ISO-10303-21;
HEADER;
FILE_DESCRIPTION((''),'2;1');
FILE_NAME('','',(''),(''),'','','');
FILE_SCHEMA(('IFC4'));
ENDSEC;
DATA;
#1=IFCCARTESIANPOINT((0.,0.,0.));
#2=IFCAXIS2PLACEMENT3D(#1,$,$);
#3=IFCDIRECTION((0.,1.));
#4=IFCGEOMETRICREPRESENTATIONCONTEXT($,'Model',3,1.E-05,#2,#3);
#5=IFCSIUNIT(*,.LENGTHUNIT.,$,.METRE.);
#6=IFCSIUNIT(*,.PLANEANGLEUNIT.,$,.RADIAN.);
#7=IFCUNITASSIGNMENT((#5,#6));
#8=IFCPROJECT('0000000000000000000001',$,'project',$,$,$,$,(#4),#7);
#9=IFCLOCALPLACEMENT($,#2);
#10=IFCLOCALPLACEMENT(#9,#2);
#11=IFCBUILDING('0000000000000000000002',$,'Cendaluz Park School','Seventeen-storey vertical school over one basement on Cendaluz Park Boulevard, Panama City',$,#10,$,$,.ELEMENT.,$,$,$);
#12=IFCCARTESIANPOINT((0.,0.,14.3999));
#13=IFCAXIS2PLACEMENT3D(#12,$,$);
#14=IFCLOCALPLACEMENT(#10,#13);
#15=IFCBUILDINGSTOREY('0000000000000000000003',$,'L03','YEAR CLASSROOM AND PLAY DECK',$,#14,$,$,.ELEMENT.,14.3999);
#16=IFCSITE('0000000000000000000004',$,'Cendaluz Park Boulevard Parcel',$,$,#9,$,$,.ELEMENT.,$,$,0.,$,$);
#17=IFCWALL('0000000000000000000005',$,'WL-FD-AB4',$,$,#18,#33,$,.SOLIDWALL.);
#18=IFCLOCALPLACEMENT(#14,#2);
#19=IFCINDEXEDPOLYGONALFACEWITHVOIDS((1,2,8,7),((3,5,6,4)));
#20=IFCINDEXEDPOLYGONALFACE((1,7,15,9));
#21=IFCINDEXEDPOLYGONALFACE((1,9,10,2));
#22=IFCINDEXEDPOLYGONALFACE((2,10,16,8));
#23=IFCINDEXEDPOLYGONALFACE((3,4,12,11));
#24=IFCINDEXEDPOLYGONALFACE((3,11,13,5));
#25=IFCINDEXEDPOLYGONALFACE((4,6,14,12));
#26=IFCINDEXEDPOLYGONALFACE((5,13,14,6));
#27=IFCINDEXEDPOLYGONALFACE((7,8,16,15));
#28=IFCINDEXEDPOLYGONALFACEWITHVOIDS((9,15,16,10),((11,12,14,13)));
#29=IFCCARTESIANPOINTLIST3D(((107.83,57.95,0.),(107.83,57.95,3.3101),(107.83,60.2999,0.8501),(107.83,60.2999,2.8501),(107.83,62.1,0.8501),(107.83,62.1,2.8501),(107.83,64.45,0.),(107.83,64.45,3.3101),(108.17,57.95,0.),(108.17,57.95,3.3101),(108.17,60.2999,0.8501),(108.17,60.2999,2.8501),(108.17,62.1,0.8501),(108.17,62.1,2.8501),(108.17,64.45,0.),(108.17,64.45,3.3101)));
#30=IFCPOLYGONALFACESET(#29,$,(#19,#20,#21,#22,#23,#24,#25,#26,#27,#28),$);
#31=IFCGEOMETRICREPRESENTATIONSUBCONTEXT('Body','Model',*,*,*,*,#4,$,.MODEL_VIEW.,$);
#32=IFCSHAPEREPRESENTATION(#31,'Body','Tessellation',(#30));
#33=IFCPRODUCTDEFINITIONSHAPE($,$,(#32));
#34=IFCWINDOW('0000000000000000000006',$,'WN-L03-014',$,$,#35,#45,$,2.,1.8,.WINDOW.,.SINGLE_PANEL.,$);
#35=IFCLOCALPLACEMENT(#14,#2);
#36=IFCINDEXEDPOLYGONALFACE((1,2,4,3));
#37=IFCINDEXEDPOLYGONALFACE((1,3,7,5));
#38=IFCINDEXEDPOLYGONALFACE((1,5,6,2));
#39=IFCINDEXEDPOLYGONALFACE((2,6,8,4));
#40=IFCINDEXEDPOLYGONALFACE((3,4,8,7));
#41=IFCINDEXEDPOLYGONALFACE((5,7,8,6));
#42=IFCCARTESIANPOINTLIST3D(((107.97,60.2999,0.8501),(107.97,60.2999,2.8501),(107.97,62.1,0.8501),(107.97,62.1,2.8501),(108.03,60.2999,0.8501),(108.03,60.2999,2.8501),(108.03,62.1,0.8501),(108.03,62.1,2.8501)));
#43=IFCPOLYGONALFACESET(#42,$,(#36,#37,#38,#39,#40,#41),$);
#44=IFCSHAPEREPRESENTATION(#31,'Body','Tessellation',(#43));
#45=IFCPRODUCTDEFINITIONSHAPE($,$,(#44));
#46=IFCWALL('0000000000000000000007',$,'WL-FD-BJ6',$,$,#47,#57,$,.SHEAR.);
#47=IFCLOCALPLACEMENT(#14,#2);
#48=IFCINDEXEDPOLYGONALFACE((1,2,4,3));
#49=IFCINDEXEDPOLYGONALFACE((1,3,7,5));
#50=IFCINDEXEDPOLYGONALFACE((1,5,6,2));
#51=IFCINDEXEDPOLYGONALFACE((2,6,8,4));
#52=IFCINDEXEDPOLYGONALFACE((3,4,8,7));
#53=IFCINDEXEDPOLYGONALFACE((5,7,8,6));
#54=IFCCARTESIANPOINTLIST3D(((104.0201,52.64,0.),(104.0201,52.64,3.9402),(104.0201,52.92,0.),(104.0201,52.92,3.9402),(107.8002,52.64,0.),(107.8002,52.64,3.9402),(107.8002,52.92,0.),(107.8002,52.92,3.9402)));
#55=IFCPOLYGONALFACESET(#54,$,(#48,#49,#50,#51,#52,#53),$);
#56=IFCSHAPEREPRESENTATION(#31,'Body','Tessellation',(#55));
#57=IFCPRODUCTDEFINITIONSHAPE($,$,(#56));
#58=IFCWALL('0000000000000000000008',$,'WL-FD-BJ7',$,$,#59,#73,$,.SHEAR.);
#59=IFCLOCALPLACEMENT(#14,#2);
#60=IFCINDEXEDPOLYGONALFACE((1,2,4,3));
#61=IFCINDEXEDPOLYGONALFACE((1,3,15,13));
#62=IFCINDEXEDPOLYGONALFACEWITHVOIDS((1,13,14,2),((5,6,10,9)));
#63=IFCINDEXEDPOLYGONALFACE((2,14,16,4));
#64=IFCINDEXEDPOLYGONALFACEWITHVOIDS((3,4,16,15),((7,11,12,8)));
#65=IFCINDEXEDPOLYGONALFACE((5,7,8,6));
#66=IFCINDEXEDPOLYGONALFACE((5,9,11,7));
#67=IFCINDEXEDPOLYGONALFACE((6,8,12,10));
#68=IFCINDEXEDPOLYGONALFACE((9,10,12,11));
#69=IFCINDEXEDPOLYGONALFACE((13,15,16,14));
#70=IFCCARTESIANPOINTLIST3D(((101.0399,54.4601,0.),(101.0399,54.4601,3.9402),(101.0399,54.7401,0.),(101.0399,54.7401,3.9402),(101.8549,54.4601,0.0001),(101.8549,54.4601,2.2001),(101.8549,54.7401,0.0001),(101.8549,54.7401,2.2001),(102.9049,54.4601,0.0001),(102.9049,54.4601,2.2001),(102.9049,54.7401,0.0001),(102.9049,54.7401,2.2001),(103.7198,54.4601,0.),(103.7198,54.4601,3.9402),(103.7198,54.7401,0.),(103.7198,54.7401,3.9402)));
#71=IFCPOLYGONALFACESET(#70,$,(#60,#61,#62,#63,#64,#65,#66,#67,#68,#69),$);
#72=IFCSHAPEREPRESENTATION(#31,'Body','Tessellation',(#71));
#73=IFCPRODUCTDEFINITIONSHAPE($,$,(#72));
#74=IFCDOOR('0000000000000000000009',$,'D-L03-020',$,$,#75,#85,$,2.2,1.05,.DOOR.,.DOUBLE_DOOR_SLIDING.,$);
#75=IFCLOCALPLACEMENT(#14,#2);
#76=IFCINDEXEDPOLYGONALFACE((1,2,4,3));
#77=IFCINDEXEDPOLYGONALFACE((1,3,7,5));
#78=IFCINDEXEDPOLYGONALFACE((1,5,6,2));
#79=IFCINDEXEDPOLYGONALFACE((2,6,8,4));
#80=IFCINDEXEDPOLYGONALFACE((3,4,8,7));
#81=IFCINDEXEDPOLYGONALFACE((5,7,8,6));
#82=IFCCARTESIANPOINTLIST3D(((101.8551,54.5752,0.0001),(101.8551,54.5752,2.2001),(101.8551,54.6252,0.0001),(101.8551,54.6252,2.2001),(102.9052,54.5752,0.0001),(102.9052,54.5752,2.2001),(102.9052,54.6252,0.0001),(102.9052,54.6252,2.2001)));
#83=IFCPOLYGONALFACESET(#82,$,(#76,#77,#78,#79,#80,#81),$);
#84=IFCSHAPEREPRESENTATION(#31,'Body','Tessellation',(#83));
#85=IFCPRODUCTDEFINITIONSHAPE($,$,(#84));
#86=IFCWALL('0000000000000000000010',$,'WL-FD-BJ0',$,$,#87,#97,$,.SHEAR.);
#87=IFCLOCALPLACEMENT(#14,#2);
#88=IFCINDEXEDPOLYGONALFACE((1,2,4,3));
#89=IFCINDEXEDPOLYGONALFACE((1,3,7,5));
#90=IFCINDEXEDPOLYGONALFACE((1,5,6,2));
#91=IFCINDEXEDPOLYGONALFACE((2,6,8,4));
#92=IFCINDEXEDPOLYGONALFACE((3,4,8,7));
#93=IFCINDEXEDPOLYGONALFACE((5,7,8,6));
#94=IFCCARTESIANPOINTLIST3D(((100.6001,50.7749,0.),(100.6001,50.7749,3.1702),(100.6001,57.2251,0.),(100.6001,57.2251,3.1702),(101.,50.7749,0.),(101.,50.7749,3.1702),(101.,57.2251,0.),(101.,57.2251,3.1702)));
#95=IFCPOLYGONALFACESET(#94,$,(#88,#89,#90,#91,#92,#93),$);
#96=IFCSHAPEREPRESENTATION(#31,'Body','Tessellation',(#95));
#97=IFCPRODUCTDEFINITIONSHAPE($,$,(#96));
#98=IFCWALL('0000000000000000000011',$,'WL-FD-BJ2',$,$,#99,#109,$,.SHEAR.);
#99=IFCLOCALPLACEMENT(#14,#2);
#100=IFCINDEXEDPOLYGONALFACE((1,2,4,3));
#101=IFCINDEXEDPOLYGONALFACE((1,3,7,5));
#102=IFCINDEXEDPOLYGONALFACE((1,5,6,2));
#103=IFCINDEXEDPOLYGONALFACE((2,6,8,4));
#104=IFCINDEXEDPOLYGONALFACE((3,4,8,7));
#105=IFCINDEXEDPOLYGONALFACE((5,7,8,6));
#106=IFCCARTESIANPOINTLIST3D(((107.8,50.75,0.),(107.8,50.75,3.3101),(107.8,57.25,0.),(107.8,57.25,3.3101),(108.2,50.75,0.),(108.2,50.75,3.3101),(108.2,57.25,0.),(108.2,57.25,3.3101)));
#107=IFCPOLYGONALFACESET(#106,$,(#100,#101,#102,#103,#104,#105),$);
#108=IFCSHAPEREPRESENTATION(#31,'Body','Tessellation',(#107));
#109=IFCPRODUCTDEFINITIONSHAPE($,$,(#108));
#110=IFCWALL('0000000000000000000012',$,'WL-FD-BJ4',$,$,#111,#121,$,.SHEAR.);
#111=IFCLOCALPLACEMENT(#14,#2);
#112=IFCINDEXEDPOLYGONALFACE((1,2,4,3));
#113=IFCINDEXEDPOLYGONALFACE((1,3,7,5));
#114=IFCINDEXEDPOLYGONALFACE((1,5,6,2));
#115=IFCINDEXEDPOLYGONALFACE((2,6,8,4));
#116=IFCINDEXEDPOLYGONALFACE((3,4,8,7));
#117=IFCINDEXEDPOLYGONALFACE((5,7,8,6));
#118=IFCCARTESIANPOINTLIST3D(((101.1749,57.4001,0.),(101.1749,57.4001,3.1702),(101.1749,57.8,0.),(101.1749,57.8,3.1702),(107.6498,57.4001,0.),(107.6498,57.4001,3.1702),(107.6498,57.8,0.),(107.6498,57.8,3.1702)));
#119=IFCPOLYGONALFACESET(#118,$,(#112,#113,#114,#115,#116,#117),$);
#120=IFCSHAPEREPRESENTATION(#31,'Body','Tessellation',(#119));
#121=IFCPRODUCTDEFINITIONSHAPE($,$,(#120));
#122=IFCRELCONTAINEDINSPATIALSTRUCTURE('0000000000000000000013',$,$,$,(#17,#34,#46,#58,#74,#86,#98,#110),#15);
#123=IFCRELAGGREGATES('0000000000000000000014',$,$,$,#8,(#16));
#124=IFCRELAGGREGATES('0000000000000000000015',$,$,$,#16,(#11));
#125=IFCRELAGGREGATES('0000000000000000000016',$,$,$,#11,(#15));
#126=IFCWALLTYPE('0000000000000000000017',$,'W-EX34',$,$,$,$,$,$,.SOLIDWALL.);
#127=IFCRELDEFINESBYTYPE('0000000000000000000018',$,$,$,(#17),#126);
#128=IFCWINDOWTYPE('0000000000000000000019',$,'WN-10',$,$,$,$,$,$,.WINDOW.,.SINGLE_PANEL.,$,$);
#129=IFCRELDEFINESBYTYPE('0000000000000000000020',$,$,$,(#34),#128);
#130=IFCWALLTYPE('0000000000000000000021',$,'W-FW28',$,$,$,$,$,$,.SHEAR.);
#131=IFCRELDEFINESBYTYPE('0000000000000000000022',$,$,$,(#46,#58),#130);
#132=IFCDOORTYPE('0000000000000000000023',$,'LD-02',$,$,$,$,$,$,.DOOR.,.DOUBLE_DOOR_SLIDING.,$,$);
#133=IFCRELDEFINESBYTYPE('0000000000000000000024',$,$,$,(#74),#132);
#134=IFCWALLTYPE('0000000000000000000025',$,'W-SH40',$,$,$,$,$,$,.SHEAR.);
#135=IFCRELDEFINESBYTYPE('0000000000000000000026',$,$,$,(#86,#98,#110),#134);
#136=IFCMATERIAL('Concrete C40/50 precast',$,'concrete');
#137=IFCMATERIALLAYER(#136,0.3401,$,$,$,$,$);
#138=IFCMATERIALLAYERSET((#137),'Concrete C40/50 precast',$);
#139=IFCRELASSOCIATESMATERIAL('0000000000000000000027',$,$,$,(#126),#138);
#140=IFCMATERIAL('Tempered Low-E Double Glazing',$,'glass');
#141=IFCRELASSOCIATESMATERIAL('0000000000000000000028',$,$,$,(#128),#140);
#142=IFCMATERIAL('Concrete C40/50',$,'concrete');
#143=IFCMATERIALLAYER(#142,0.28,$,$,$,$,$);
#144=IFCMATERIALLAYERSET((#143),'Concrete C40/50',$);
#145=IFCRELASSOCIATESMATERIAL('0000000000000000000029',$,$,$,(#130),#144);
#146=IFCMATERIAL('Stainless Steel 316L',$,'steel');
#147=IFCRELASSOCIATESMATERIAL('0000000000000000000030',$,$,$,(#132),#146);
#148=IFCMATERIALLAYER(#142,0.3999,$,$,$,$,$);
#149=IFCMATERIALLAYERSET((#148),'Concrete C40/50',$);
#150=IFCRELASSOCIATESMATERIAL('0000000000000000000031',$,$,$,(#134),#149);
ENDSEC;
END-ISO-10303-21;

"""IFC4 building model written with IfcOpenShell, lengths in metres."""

from ifc_helpers import new_model, si_unit, direction, frame, frame_2d, origin, place, context, subcontext, project, spatial, rectangle, extrude, material, layer, layer_set, type_object, element, fill, save


model = new_model("IFC4")

# Units and contexts
model_context = context("Model", 3, precision=1e-05, world=origin(), true_north=direction((0.0, 1.0)))
body_context = subcontext(model_context, "Body", "Model", "MODEL_VIEW")
ifc_project = project(units=[si_unit("LENGTHUNIT", "METRE"), si_unit("PLANEANGLEUNIT", "RADIAN")], contexts=[model_context])

# Site, building, storey
site_placement = place(None, origin())
site = spatial("IfcSite", under=ifc_project, at=site_placement, Name="Cendaluz Park Boulevard Parcel", CompositionType="ELEMENT", RefElevation=0.0)
building_placement = place(site_placement, origin())
building = spatial("IfcBuilding", under=site, at=building_placement, Name="Cendaluz Park School", Description="Seventeen-storey vertical school over one basement on Cendaluz Park Boulevard, Panama City", CompositionType="ELEMENT")
storey_placement = place(building_placement, frame((0.0, 0.0, 14.3999)))
storey = spatial("IfcBuildingStorey", under=building, at=storey_placement, Name="L03", Description="YEAR CLASSROOM AND PLAY DECK", CompositionType="ELEMENT", Elevation=14.3999)

# Shared definitions
ifc_material_1 = material(Name="Concrete C40/50", Category="concrete")

# Wall, opening, window
ifc_material_2 = material(Name="Concrete C40/50 precast", Category="concrete")
ifc_layer_1 = layer(ifc_material_2, 0.3401)
ifc_layer_set_1 = layer_set([ifc_layer_1], Name="Concrete C40/50 precast")
wall_type_1 = type_object("IfcWallType", Name="W-EX34", PredefinedType="SOLIDWALL", material=ifc_layer_set_1)
wall_1_placement = place(storey_placement, frame((108.0, 57.95, 0.0), z_axis=(0.0, 0.0, 1.0), x_axis=(0.0, 1.0, 0.0)))
wall_1 = element("IfcWall", 1, at=wall_1_placement, inside=storey, type_object=wall_type_1, Name="WL-FD-AB4", PredefinedType="SOLIDWALL", context=body_context, shape_type="SweptSolid", body=[
    extrude(rectangle(XDim=6.5, YDim=0.3401, at=frame_2d((3.25, 0.0))), origin(), (0.0, 0.0, 1.0), 3.3101),
])
opening_1_placement = place(wall_1_placement, frame((2.3501, 0.0, 0.8501)))
opening_1 = element("IfcOpeningElement", 2, at=opening_1_placement, cuts=wall_1, PredefinedType="OPENING", context=body_context, shape_type="SweptSolid", body=[
    extrude(rectangle(XDim=1.8, YDim=2.0, at=frame_2d((0.8999, 1.0))), frame((0.0, 0.1821, 0.0), z_axis=(0.0, -1.0, 0.0), x_axis=(1.0, 0.0, 0.0)), (0.0, 0.0, 1.0), 0.364),
])
ifc_material_3 = material(Name="Tempered Low-E Double Glazing", Category="glass")
window_type = type_object("IfcWindowType", Name="WN-10", PartitioningType="SINGLE_PANEL", PredefinedType="WINDOW", material=ifc_material_3)
window_placement = place(opening_1_placement, origin())
window = element("IfcWindow", 3, at=window_placement, inside=storey, type_object=window_type, Name="WN-L03-014", OverallHeight=2.0, OverallWidth=1.8, PartitioningType="SINGLE_PANEL", PredefinedType="WINDOW", context=body_context, shape_type="SweptSolid", body=[
    extrude(rectangle(XDim=1.8, YDim=2.0, at=frame_2d((0.8999, 1.0))), frame((0.0, 0.03, 0.0), z_axis=(0.0, -1.0, 0.0), x_axis=(1.0, 0.0, 0.0)), (0.0, 0.0, 1.0), 0.0601),
])
fill(opening_1, window)

# Wall
ifc_layer_2 = layer(ifc_material_1, 0.28)
ifc_layer_set_2 = layer_set([ifc_layer_2], Name="Concrete C40/50")
wall_type_2 = type_object("IfcWallType", Name="W-FW28", PredefinedType="SHEAR", material=ifc_layer_set_2)
wall_2_placement = place(storey_placement, frame((104.02, 52.78, 0.0), z_axis=(0.0, 0.0, 1.0), x_axis=(1.0, 0.0, 0.0)))
element("IfcWall", 4, at=wall_2_placement, inside=storey, type_object=wall_type_2, Name="WL-FD-BJ6", PredefinedType="SHEAR", context=body_context, shape_type="SweptSolid", body=[
    extrude(rectangle(XDim=3.78, YDim=0.28, at=frame_2d((1.8901, 0.0))), origin(), (0.0, 0.0, 1.0), 3.9402),
])

# Wall, opening, door
wall_3_placement = place(storey_placement, frame((101.04, 54.6001, 0.0), z_axis=(0.0, 0.0, 1.0), x_axis=(1.0, 0.0, 0.0)))
wall_3 = element("IfcWall", 5, at=wall_3_placement, inside=storey, type_object=wall_type_2, Name="WL-FD-BJ7", PredefinedType="SHEAR", context=body_context, shape_type="SweptSolid", body=[
    extrude(rectangle(XDim=2.6799, YDim=0.28, at=frame_2d((1.3398, 0.0))), origin(), (0.0, 0.0, 1.0), 3.9402),
])
opening_2_placement = place(wall_3_placement, frame((0.8149, 0.0, 0.0)))
opening_2 = element("IfcOpeningElement", 6, at=opening_2_placement, cuts=wall_3, PredefinedType="OPENING", context=body_context, shape_type="SweptSolid", body=[
    extrude(rectangle(XDim=1.05, YDim=2.2, at=frame_2d((0.5249, 1.1001))), frame((0.0, 0.1521, 0.0), z_axis=(0.0, -1.0, 0.0), x_axis=(1.0, 0.0, 0.0)), (0.0, 0.0, 1.0), 0.304),
])
ifc_material_4 = material(Name="Stainless Steel 316L", Category="steel")
door_type_1 = type_object("IfcDoorType", Name="LD-02", OperationType="DOUBLE_DOOR_SLIDING", PredefinedType="DOOR", material=ifc_material_4)
door_1_placement = place(opening_2_placement, frame((1.05, 0.0, 0.0), z_axis=(0.0, 0.0, 1.0), x_axis=(-1.0, 0.0, 0.0)))
door_1 = element("IfcDoor", 7, at=door_1_placement, inside=storey, type_object=door_type_1, Name="D-L03-020", OperationType="DOUBLE_DOOR_SLIDING", OverallHeight=2.2, OverallWidth=1.05, PredefinedType="DOOR", context=body_context, shape_type="SweptSolid", body=[
    extrude(rectangle(XDim=1.05, YDim=2.2, at=frame_2d((0.5249, 1.1001))), frame((0.0, 0.0249, 0.0), z_axis=(0.0, -1.0, 0.0), x_axis=(1.0, 0.0, 0.0)), (0.0, 0.0, 1.0), 0.05),
])
fill(opening_2, door_1)

# Walls
ifc_layer_3 = layer(ifc_material_1, 0.3999)
ifc_layer_set_3 = layer_set([ifc_layer_3], Name="Concrete C40/50")
wall_type_3 = type_object("IfcWallType", Name="W-SH40", PredefinedType="SHEAR", material=ifc_layer_set_3)
wall_4_placement = place(storey_placement, frame((100.8, 50.7749, 0.0), z_axis=(0.0, 0.0, 1.0), x_axis=(0.0, 1.0, 0.0)))
element("IfcWall", 8, at=wall_4_placement, inside=storey, type_object=wall_type_3, Name="WL-FD-BJ0", PredefinedType="SHEAR", context=body_context, shape_type="SweptSolid", body=[
    extrude(rectangle(XDim=6.4502, YDim=0.3999, at=frame_2d((3.2251, 0.0))), origin(), (0.0, 0.0, 1.0), 3.1702),
])
wall_5_placement = place(storey_placement, frame((108.0, 50.75, 0.0), z_axis=(0.0, 0.0, 1.0), x_axis=(0.0, 1.0, 0.0)))
element("IfcWall", 9, at=wall_5_placement, inside=storey, type_object=wall_type_3, Name="WL-FD-BJ2", PredefinedType="SHEAR", context=body_context, shape_type="SweptSolid", body=[
    extrude(rectangle(XDim=6.5, YDim=0.3999, at=frame_2d((3.25, 0.0))), origin(), (0.0, 0.0, 1.0), 3.3101),
])
wall_6_placement = place(storey_placement, frame((101.175, 57.6001, 0.0), z_axis=(0.0, 0.0, 1.0), x_axis=(1.0, 0.0, 0.0)))
element("IfcWall", 10, at=wall_6_placement, inside=storey, type_object=wall_type_3, Name="WL-FD-BJ4", PredefinedType="SHEAR", context=body_context, shape_type="SweptSolid", body=[
    extrude(rectangle(XDim=6.4749, YDim=0.3999, at=frame_2d((3.2373, 0.0))), origin(), (0.0, 0.0, 1.0), 3.1702),
])

save(model, "model.ifc")
